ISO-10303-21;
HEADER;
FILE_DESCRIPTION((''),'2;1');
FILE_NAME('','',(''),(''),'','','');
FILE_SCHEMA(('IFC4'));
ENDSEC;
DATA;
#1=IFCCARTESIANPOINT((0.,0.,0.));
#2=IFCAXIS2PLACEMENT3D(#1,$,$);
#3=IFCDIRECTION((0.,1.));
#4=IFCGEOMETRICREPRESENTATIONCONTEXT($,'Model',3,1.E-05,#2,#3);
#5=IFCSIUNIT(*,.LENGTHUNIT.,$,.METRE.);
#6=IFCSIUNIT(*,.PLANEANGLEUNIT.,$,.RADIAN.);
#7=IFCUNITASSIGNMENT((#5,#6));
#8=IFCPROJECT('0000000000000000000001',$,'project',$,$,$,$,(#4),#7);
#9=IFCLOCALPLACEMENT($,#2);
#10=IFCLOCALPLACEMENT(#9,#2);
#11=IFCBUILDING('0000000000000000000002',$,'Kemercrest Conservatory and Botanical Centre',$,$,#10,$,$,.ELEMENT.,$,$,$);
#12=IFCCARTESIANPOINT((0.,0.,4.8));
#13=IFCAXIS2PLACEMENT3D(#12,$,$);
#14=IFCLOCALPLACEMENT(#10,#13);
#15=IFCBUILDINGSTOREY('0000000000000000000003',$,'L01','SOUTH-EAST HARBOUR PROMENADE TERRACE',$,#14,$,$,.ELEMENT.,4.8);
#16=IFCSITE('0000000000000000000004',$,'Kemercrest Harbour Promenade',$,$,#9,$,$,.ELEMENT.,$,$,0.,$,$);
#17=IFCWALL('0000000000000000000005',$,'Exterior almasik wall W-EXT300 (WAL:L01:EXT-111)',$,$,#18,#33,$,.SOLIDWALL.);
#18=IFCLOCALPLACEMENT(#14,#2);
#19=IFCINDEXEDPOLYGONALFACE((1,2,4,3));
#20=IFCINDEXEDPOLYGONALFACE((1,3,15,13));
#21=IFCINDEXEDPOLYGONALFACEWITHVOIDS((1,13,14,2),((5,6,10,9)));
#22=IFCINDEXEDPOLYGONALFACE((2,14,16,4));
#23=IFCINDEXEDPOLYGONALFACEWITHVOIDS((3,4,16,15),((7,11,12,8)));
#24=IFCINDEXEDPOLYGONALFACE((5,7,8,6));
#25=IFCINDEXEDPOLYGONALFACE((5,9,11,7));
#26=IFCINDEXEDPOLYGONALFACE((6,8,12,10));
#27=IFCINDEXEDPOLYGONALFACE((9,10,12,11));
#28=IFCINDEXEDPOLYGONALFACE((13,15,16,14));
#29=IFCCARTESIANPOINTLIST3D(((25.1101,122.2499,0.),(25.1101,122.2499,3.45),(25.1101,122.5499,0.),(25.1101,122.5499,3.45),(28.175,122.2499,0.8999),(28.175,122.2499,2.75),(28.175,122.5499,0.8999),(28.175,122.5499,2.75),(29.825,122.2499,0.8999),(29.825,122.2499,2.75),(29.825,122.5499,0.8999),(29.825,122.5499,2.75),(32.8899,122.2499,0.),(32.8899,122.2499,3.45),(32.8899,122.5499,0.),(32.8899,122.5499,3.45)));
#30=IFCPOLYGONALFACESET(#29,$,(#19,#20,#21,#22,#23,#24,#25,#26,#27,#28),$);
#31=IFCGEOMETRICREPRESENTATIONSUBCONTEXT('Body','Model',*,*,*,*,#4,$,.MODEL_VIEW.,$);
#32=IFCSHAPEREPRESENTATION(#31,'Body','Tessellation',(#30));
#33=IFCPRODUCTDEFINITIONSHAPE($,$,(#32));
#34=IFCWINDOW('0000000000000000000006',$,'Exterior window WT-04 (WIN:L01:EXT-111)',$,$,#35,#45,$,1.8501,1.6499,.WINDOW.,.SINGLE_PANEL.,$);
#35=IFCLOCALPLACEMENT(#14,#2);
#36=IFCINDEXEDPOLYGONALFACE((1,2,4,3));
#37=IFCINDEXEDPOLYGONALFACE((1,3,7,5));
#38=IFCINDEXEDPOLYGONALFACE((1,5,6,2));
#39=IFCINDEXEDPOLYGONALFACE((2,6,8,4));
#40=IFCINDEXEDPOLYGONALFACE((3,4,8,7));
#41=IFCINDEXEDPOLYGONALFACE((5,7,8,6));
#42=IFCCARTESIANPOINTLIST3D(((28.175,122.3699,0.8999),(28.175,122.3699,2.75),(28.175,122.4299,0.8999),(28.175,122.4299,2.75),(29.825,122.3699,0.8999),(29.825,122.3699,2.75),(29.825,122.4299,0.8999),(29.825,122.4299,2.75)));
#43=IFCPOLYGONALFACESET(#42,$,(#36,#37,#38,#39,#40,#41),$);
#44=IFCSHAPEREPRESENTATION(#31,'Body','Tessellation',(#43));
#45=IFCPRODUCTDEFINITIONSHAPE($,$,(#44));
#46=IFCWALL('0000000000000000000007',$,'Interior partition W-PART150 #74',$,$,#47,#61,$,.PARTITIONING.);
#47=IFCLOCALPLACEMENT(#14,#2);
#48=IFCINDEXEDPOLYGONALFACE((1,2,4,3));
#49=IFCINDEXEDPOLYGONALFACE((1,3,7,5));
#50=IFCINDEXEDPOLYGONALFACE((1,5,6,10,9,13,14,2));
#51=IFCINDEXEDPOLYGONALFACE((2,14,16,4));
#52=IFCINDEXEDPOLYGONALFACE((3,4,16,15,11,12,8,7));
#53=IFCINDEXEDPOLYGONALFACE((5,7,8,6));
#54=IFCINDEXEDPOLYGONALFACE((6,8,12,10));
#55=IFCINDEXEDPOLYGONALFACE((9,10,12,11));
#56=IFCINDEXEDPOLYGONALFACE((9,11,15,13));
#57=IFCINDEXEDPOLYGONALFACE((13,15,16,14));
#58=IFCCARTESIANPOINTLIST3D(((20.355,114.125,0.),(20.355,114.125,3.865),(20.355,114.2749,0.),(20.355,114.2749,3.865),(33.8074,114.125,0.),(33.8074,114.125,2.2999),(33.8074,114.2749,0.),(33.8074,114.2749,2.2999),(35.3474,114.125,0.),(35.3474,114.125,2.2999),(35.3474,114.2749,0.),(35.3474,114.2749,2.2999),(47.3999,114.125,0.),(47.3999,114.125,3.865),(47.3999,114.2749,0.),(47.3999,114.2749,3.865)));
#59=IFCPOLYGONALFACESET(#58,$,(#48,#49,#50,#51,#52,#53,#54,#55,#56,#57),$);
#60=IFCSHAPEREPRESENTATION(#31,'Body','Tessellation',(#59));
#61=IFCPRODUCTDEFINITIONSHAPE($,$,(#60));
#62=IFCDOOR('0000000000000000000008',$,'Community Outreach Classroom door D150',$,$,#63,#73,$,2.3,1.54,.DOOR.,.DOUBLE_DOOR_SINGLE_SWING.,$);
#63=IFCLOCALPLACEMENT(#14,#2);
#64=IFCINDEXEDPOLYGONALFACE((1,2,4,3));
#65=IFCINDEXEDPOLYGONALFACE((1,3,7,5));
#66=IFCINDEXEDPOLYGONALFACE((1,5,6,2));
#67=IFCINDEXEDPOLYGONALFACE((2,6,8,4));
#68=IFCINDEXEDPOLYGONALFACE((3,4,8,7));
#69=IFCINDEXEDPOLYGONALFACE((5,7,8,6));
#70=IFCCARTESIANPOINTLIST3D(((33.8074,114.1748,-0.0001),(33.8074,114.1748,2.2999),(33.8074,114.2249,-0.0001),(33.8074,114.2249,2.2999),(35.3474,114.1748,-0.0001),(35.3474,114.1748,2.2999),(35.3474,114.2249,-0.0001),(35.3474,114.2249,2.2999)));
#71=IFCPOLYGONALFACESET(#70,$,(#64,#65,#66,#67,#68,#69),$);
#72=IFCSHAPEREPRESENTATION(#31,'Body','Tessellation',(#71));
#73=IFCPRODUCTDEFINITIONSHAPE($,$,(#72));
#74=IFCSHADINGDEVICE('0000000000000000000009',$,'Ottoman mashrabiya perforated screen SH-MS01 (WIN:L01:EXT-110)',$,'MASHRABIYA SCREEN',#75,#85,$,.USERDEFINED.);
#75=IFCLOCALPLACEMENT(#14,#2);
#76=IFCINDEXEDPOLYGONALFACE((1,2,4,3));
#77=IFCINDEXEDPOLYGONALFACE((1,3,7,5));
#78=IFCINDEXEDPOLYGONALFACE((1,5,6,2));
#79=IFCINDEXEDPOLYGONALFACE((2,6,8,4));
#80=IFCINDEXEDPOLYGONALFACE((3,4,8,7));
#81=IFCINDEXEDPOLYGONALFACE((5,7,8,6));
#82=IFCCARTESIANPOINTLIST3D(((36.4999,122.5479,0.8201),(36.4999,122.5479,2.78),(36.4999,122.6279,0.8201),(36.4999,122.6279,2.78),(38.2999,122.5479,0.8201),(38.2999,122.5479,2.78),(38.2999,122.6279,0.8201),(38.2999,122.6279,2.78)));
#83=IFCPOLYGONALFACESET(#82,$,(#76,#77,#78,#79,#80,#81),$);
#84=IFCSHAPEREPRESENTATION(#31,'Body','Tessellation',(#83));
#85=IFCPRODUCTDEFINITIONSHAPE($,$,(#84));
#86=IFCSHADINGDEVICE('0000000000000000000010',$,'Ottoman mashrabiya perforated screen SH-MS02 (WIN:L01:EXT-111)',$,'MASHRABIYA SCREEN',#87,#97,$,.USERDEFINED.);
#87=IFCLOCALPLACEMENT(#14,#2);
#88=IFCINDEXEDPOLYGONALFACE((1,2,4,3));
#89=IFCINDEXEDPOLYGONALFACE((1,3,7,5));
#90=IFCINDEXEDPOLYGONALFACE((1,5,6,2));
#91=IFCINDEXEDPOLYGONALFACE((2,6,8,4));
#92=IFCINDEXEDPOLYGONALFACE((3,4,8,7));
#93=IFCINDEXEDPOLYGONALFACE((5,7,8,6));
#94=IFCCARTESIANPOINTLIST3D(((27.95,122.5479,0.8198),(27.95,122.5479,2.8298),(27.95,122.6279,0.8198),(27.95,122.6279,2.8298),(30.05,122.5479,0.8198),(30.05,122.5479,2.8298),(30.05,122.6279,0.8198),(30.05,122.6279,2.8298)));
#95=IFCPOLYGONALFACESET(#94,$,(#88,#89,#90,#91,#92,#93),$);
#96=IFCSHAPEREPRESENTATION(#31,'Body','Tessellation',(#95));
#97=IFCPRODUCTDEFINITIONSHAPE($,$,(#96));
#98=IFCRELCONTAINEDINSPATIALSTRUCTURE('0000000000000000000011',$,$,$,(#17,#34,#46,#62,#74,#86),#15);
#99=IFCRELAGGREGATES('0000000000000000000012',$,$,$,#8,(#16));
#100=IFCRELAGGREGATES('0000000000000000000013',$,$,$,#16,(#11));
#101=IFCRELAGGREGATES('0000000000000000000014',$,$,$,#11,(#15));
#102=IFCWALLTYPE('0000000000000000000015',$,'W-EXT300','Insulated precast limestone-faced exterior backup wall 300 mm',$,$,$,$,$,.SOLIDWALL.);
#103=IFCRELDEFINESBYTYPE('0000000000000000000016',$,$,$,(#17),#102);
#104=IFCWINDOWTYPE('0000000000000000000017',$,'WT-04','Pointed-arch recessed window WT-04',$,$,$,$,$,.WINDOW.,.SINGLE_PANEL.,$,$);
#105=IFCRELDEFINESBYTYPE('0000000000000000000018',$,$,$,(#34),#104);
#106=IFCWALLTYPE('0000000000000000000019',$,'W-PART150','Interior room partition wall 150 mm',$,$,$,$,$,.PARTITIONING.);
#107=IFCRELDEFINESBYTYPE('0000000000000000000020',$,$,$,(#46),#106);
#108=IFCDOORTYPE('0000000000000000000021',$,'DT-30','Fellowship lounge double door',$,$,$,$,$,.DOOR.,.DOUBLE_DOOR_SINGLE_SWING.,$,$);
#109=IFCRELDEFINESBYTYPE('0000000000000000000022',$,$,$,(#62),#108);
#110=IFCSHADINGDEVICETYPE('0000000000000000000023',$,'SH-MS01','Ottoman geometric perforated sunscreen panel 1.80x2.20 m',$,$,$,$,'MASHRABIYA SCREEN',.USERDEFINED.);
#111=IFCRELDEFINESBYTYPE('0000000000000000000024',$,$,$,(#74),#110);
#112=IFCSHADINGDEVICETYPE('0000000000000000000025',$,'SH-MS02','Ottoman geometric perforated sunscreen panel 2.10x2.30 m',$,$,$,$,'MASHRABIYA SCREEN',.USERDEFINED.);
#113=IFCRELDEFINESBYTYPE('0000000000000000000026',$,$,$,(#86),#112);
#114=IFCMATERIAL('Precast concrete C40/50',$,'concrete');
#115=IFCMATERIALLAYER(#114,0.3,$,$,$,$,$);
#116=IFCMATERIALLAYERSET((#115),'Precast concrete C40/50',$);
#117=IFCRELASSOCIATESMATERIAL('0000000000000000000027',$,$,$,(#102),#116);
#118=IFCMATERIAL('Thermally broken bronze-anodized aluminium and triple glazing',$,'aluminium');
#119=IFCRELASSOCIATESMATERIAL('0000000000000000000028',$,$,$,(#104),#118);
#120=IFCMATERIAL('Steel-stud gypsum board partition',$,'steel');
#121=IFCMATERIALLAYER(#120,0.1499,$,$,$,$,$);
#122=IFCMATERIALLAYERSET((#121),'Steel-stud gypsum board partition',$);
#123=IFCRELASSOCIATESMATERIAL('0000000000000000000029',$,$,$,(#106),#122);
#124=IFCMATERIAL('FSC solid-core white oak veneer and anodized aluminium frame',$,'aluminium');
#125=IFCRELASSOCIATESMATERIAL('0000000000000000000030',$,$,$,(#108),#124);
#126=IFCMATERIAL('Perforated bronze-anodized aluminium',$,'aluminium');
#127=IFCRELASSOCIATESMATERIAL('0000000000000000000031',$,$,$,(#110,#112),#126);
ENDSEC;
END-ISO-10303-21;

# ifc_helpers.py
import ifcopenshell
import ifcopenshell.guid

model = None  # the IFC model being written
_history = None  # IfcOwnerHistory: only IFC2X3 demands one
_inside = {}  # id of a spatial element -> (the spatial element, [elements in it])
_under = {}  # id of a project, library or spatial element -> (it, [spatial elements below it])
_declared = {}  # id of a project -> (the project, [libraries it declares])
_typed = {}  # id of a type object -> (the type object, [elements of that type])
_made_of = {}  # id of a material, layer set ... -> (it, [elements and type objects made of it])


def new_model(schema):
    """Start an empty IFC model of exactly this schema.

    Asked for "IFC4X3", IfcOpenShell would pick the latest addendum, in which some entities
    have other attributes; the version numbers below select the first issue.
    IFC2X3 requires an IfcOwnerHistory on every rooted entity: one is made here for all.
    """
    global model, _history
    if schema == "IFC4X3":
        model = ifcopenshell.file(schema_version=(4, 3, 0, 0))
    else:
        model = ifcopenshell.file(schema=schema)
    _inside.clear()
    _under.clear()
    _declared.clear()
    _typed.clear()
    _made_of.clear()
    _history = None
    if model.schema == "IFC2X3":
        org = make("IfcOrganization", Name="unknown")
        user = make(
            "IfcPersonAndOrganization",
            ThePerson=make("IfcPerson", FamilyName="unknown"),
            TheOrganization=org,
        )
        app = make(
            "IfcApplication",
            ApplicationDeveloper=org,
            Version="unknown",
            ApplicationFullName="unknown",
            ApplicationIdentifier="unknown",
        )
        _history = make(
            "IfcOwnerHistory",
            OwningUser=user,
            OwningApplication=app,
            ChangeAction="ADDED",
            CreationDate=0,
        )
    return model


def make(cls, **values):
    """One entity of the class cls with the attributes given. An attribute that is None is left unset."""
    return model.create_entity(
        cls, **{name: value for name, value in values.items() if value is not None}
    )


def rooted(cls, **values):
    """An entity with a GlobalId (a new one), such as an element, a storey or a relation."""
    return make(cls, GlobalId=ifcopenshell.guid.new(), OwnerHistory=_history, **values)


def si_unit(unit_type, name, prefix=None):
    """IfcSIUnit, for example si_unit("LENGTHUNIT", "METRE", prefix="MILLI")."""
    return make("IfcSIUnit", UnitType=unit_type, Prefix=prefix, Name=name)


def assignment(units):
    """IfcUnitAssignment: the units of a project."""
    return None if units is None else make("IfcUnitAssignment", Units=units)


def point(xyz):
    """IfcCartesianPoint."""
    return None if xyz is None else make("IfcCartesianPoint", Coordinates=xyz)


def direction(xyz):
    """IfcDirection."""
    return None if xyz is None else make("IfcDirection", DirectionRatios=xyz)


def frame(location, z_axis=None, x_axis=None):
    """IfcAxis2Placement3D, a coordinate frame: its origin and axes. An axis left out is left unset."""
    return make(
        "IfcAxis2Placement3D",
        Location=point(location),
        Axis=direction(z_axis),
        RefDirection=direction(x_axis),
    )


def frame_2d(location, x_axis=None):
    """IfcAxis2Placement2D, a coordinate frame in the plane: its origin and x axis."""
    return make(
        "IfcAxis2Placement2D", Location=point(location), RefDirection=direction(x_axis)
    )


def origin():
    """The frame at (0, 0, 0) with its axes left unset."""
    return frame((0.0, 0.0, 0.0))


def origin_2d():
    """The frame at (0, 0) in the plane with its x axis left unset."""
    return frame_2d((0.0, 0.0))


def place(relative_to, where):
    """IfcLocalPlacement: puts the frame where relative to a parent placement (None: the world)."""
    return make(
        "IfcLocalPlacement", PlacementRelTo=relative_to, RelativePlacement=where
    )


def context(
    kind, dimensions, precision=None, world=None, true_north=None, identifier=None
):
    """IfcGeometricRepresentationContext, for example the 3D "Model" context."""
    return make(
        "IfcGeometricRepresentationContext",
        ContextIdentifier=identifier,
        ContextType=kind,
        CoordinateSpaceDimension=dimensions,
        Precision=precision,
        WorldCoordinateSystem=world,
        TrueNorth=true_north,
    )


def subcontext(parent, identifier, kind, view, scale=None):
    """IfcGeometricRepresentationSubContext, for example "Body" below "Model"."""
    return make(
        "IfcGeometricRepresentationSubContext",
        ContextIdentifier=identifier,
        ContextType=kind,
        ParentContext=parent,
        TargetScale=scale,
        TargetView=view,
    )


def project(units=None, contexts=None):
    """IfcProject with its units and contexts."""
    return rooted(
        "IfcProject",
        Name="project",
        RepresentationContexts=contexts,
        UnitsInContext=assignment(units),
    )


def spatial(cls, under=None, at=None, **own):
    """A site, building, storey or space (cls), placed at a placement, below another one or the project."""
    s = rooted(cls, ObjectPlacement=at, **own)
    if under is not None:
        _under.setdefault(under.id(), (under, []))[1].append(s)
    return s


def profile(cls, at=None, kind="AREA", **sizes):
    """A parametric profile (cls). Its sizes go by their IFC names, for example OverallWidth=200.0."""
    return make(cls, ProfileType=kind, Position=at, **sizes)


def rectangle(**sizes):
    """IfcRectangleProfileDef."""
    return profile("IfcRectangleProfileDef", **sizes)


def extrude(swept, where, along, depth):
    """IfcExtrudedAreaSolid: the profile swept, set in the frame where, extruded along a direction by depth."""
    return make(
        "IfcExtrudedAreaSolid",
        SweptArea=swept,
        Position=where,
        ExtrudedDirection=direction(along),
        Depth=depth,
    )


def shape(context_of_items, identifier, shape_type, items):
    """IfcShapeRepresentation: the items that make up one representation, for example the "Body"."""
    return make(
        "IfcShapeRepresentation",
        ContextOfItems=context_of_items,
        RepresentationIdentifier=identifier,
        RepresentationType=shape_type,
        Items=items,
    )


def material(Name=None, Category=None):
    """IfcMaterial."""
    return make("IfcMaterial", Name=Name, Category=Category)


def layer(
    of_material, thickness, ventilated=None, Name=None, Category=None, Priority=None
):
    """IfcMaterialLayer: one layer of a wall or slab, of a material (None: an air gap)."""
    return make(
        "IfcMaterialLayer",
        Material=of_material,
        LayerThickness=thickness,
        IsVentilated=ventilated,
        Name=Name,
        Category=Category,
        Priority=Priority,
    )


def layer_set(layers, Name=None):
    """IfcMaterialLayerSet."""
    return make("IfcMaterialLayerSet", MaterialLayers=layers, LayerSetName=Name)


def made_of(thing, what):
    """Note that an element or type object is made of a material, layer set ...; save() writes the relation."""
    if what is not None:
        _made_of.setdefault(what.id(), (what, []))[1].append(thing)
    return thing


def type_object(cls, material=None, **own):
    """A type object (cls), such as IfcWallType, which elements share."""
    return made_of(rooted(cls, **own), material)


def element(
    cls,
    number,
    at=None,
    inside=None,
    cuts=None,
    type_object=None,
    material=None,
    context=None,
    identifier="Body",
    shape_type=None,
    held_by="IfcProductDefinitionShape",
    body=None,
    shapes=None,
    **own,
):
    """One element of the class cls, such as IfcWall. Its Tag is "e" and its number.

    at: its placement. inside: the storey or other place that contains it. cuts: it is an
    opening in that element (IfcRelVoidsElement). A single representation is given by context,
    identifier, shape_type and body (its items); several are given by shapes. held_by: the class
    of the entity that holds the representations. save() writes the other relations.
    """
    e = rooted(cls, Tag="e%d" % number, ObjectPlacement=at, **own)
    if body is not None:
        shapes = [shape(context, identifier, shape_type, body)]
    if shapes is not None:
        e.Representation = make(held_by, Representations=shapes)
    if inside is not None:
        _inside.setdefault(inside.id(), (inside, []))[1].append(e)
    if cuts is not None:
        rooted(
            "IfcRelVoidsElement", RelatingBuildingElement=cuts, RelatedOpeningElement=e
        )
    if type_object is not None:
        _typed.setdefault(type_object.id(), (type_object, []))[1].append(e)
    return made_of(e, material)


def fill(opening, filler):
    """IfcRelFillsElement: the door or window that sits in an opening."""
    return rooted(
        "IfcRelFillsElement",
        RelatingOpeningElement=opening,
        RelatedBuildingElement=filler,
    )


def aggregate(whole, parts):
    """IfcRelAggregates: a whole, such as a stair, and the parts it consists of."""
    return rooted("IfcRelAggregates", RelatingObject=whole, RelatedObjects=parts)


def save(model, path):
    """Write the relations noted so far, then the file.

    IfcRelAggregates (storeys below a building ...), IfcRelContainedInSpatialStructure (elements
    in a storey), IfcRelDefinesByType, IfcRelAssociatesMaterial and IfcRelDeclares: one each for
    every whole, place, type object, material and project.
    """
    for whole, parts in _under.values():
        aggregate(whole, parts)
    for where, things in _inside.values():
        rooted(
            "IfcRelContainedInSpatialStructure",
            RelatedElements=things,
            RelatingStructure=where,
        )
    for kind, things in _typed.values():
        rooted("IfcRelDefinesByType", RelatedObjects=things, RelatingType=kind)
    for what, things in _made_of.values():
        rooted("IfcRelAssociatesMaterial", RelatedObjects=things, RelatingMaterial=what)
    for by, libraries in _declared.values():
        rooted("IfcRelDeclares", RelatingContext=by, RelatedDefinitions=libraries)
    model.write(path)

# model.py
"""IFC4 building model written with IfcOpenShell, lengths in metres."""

from ifc_helpers import new_model, si_unit, direction, frame, frame_2d, origin, origin_2d, place, context, subcontext, project, spatial, rectangle, extrude, material, layer, layer_set, type_object, element, fill, save


model = new_model("IFC4")

# Units and contexts
model_context = context("Model", 3, precision=1e-05, world=origin(), true_north=direction((0.0, 1.0)))
body_context = subcontext(model_context, "Body", "Model", "MODEL_VIEW")
ifc_project = project(units=[si_unit("LENGTHUNIT", "METRE"), si_unit("PLANEANGLEUNIT", "RADIAN")], contexts=[model_context])

# Site, building, storey
site_placement = place(None, origin())
site = spatial("IfcSite", under=ifc_project, at=site_placement, Name="Kemercrest Harbour Promenade", CompositionType="ELEMENT", RefElevation=0.0)
building_placement = place(site_placement, origin())
building = spatial("IfcBuilding", under=site, at=building_placement, Name="Kemercrest Conservatory and Botanical Centre", CompositionType="ELEMENT")
storey_placement = place(building_placement, frame((0.0, 0.0, 4.8)))
storey = spatial("IfcBuildingStorey", under=building, at=storey_placement, Name="L01", Description="SOUTH-EAST HARBOUR PROMENADE TERRACE", CompositionType="ELEMENT", Elevation=4.8)

# Shared definitions
ifc_material_1 = material(Name="Precast concrete C40/50", Category="concrete")

# Wall, opening, window
ifc_layer_1 = layer(ifc_material_1, 0.3)
ifc_layer_set_1 = layer_set([ifc_layer_1], Name="Precast concrete C40/50")
wall_type_1 = type_object("IfcWallType", Name="W-EXT300", Description="Insulated precast limestone-faced exterior backup wall 300 mm", PredefinedType="SOLIDWALL", material=ifc_layer_set_1)
ifc_material_2 = material(Name="Thermally broken bronze-anodized aluminium and triple glazing", Category="aluminium")
wall_1_placement = place(storey_placement, frame((32.8899, 122.3999, 0.0), z_axis=(0.0, 0.0, 1.0), x_axis=(-1.0, 0.0, 0.0)))
wall_1 = element("IfcWall", 1, at=wall_1_placement, inside=storey, type_object=wall_type_1, Name="Exterior almasik wall W-EXT300 (WAL:L01:EXT-111)", PredefinedType="SOLIDWALL", context=body_context, shape_type="SweptSolid", body=[
    extrude(rectangle(XDim=7.7798, YDim=0.3, at=frame_2d((3.8899, 0.0))), origin(), (0.0, 0.0, 1.0), 3.45),
])
opening_1_placement = place(wall_1_placement, frame((3.0649, 0.0, 0.8999)))
opening_1 = element("IfcOpeningElement", 2, at=opening_1_placement, cuts=wall_1, PredefinedType="OPENING", context=body_context, shape_type="SweptSolid", body=[
    extrude(rectangle(XDim=1.6499, YDim=1.8501, at=frame_2d((0.825, 0.925))), frame((0.0, 0.1602, 0.0), z_axis=(0.0, -1.0, 0.0), x_axis=(1.0, 0.0, 0.0)), (0.0, 0.0, 1.0), 0.3201),
])
window_type_1 = type_object("IfcWindowType", Name="WT-04", Description="Pointed-arch recessed window WT-04", PartitioningType="SINGLE_PANEL", PredefinedType="WINDOW", material=ifc_material_2)
window_1_placement = place(opening_1_placement, origin())
window_1 = element("IfcWindow", 3, at=window_1_placement, inside=storey, type_object=window_type_1, Name="Exterior window WT-04 (WIN:L01:EXT-111)", OverallHeight=1.8501, OverallWidth=1.6499, PartitioningType="SINGLE_PANEL", PredefinedType="WINDOW", context=body_context, shape_type="SweptSolid", body=[
    extrude(rectangle(XDim=1.6499, YDim=1.8501, at=frame_2d((0.825, 0.925))), frame((0.0, 0.03, 0.0), z_axis=(0.0, -1.0, 0.0), x_axis=(1.0, 0.0, 0.0)), (0.0, 0.0, 1.0), 0.0601),
])
fill(opening_1, window_1)

# Wall, opening, door
ifc_material_3 = material(Name="Steel-stud gypsum board partition", Category="steel")
ifc_layer_2 = layer(ifc_material_3, 0.1499)
ifc_layer_set_2 = layer_set([ifc_layer_2], Name="Steel-stud gypsum board partition")
wall_type_2 = type_object("IfcWallType", Name="W-PART150", Description="Interior room partition wall 150 mm", PredefinedType="PARTITIONING", material=ifc_layer_set_2)
wall_2_placement = place(storey_placement, frame((20.355, 114.2, 0.0), z_axis=(0.0, 0.0, 1.0), x_axis=(1.0, 0.0, 0.0)))
wall_2 = element("IfcWall", 4, at=wall_2_placement, inside=storey, type_object=wall_type_2, Name="Interior partition W-PART150 #74", PredefinedType="PARTITIONING", context=body_context, shape_type="SweptSolid", body=[
    extrude(rectangle(XDim=27.0449, YDim=0.1499, at=frame_2d((13.5225, 0.0))), origin(), (0.0, 0.0, 1.0), 3.865),
])
opening_2_placement = place(wall_2_placement, frame((13.4524, 0.0, 0.0)))
opening_2 = element("IfcOpeningElement", 5, at=opening_2_placement, cuts=wall_2, PredefinedType="OPENING", context=body_context, shape_type="SweptSolid", body=[
    extrude(rectangle(XDim=1.54, YDim=2.3, at=frame_2d((0.77, 1.1499))), frame((0.0, 0.085, 0.0), z_axis=(0.0, -1.0, 0.0), x_axis=(1.0, 0.0, 0.0)), (0.0, 0.0, 1.0), 0.1699),
])
ifc_material_4 = material(Name="FSC solid-core white oak veneer and anodized aluminium frame", Category="aluminium")
door_type = type_object("IfcDoorType", Name="DT-30", Description="Fellowship lounge double door", OperationType="DOUBLE_DOOR_SINGLE_SWING", PredefinedType="DOOR", material=ifc_material_4)
door_placement = place(opening_2_placement, origin())
door = element("IfcDoor", 6, at=door_placement, inside=storey, type_object=door_type, Name="Community Outreach Classroom door D150", OperationType="DOUBLE_DOOR_SINGLE_SWING", OverallHeight=2.3, OverallWidth=1.54, PredefinedType="DOOR", context=body_context, shape_type="SweptSolid", body=[
    extrude(rectangle(XDim=1.54, YDim=2.3, at=frame_2d((0.77, 1.1499))), frame((0.0, 0.0249, 0.0), z_axis=(0.0, -1.0, 0.0), x_axis=(1.0, 0.0, 0.0)), (0.0, 0.0, 1.0), 0.05),
])
fill(opening_2, door)

# Shading devices
ifc_material_5 = material(Name="Perforated bronze-anodized aluminium", Category="aluminium")
shading_device_type_1 = type_object("IfcShadingDeviceType", Name="SH-MS01", Description="Ottoman geometric perforated sunscreen panel 1.80x2.20 m", ElementType="MASHRABIYA SCREEN", PredefinedType="USERDEFINED", material=ifc_material_5)
shading_device_1_placement = place(storey_placement, frame((37.3999, 122.5879, 0.8201), z_axis=(0.0, 0.0, 1.0), x_axis=(-1.0, 0.0, 0.0)))
element("IfcShadingDevice", 7, at=shading_device_1_placement, inside=storey, type_object=shading_device_type_1, Name="Ottoman mashrabiya perforated screen SH-MS01 (WIN:L01:EXT-110)", ObjectType="MASHRABIYA SCREEN", PredefinedType="USERDEFINED", context=body_context, shape_type="SweptSolid", body=[
    extrude(rectangle(XDim=1.8, YDim=0.0801, at=origin_2d()), origin(), (0.0, 0.0, 1.0), 1.96),
])
shading_device_type_2 = type_object("IfcShadingDeviceType", Name="SH-MS02", Description="Ottoman geometric perforated sunscreen panel 2.10x2.30 m", ElementType="MASHRABIYA SCREEN", PredefinedType="USERDEFINED", material=ifc_material_5)
shading_device_2_placement = place(storey_placement, frame((29.0, 122.5879, 0.8198), z_axis=(0.0, 0.0, 1.0), x_axis=(-1.0, 0.0, 0.0)))
element("IfcShadingDevice", 8, at=shading_device_2_placement, inside=storey, type_object=shading_device_type_2, Name="Ottoman mashrabiya perforated screen SH-MS02 (WIN:L01:EXT-111)", ObjectType="MASHRABIYA SCREEN", PredefinedType="USERDEFINED", context=body_context, shape_type="SweptSolid", body=[
    extrude(rectangle(XDim=2.1001, YDim=0.0801, at=origin_2d()), origin(), (0.0, 0.0, 1.0), 2.01),
])

save(model, "model.ifc")
